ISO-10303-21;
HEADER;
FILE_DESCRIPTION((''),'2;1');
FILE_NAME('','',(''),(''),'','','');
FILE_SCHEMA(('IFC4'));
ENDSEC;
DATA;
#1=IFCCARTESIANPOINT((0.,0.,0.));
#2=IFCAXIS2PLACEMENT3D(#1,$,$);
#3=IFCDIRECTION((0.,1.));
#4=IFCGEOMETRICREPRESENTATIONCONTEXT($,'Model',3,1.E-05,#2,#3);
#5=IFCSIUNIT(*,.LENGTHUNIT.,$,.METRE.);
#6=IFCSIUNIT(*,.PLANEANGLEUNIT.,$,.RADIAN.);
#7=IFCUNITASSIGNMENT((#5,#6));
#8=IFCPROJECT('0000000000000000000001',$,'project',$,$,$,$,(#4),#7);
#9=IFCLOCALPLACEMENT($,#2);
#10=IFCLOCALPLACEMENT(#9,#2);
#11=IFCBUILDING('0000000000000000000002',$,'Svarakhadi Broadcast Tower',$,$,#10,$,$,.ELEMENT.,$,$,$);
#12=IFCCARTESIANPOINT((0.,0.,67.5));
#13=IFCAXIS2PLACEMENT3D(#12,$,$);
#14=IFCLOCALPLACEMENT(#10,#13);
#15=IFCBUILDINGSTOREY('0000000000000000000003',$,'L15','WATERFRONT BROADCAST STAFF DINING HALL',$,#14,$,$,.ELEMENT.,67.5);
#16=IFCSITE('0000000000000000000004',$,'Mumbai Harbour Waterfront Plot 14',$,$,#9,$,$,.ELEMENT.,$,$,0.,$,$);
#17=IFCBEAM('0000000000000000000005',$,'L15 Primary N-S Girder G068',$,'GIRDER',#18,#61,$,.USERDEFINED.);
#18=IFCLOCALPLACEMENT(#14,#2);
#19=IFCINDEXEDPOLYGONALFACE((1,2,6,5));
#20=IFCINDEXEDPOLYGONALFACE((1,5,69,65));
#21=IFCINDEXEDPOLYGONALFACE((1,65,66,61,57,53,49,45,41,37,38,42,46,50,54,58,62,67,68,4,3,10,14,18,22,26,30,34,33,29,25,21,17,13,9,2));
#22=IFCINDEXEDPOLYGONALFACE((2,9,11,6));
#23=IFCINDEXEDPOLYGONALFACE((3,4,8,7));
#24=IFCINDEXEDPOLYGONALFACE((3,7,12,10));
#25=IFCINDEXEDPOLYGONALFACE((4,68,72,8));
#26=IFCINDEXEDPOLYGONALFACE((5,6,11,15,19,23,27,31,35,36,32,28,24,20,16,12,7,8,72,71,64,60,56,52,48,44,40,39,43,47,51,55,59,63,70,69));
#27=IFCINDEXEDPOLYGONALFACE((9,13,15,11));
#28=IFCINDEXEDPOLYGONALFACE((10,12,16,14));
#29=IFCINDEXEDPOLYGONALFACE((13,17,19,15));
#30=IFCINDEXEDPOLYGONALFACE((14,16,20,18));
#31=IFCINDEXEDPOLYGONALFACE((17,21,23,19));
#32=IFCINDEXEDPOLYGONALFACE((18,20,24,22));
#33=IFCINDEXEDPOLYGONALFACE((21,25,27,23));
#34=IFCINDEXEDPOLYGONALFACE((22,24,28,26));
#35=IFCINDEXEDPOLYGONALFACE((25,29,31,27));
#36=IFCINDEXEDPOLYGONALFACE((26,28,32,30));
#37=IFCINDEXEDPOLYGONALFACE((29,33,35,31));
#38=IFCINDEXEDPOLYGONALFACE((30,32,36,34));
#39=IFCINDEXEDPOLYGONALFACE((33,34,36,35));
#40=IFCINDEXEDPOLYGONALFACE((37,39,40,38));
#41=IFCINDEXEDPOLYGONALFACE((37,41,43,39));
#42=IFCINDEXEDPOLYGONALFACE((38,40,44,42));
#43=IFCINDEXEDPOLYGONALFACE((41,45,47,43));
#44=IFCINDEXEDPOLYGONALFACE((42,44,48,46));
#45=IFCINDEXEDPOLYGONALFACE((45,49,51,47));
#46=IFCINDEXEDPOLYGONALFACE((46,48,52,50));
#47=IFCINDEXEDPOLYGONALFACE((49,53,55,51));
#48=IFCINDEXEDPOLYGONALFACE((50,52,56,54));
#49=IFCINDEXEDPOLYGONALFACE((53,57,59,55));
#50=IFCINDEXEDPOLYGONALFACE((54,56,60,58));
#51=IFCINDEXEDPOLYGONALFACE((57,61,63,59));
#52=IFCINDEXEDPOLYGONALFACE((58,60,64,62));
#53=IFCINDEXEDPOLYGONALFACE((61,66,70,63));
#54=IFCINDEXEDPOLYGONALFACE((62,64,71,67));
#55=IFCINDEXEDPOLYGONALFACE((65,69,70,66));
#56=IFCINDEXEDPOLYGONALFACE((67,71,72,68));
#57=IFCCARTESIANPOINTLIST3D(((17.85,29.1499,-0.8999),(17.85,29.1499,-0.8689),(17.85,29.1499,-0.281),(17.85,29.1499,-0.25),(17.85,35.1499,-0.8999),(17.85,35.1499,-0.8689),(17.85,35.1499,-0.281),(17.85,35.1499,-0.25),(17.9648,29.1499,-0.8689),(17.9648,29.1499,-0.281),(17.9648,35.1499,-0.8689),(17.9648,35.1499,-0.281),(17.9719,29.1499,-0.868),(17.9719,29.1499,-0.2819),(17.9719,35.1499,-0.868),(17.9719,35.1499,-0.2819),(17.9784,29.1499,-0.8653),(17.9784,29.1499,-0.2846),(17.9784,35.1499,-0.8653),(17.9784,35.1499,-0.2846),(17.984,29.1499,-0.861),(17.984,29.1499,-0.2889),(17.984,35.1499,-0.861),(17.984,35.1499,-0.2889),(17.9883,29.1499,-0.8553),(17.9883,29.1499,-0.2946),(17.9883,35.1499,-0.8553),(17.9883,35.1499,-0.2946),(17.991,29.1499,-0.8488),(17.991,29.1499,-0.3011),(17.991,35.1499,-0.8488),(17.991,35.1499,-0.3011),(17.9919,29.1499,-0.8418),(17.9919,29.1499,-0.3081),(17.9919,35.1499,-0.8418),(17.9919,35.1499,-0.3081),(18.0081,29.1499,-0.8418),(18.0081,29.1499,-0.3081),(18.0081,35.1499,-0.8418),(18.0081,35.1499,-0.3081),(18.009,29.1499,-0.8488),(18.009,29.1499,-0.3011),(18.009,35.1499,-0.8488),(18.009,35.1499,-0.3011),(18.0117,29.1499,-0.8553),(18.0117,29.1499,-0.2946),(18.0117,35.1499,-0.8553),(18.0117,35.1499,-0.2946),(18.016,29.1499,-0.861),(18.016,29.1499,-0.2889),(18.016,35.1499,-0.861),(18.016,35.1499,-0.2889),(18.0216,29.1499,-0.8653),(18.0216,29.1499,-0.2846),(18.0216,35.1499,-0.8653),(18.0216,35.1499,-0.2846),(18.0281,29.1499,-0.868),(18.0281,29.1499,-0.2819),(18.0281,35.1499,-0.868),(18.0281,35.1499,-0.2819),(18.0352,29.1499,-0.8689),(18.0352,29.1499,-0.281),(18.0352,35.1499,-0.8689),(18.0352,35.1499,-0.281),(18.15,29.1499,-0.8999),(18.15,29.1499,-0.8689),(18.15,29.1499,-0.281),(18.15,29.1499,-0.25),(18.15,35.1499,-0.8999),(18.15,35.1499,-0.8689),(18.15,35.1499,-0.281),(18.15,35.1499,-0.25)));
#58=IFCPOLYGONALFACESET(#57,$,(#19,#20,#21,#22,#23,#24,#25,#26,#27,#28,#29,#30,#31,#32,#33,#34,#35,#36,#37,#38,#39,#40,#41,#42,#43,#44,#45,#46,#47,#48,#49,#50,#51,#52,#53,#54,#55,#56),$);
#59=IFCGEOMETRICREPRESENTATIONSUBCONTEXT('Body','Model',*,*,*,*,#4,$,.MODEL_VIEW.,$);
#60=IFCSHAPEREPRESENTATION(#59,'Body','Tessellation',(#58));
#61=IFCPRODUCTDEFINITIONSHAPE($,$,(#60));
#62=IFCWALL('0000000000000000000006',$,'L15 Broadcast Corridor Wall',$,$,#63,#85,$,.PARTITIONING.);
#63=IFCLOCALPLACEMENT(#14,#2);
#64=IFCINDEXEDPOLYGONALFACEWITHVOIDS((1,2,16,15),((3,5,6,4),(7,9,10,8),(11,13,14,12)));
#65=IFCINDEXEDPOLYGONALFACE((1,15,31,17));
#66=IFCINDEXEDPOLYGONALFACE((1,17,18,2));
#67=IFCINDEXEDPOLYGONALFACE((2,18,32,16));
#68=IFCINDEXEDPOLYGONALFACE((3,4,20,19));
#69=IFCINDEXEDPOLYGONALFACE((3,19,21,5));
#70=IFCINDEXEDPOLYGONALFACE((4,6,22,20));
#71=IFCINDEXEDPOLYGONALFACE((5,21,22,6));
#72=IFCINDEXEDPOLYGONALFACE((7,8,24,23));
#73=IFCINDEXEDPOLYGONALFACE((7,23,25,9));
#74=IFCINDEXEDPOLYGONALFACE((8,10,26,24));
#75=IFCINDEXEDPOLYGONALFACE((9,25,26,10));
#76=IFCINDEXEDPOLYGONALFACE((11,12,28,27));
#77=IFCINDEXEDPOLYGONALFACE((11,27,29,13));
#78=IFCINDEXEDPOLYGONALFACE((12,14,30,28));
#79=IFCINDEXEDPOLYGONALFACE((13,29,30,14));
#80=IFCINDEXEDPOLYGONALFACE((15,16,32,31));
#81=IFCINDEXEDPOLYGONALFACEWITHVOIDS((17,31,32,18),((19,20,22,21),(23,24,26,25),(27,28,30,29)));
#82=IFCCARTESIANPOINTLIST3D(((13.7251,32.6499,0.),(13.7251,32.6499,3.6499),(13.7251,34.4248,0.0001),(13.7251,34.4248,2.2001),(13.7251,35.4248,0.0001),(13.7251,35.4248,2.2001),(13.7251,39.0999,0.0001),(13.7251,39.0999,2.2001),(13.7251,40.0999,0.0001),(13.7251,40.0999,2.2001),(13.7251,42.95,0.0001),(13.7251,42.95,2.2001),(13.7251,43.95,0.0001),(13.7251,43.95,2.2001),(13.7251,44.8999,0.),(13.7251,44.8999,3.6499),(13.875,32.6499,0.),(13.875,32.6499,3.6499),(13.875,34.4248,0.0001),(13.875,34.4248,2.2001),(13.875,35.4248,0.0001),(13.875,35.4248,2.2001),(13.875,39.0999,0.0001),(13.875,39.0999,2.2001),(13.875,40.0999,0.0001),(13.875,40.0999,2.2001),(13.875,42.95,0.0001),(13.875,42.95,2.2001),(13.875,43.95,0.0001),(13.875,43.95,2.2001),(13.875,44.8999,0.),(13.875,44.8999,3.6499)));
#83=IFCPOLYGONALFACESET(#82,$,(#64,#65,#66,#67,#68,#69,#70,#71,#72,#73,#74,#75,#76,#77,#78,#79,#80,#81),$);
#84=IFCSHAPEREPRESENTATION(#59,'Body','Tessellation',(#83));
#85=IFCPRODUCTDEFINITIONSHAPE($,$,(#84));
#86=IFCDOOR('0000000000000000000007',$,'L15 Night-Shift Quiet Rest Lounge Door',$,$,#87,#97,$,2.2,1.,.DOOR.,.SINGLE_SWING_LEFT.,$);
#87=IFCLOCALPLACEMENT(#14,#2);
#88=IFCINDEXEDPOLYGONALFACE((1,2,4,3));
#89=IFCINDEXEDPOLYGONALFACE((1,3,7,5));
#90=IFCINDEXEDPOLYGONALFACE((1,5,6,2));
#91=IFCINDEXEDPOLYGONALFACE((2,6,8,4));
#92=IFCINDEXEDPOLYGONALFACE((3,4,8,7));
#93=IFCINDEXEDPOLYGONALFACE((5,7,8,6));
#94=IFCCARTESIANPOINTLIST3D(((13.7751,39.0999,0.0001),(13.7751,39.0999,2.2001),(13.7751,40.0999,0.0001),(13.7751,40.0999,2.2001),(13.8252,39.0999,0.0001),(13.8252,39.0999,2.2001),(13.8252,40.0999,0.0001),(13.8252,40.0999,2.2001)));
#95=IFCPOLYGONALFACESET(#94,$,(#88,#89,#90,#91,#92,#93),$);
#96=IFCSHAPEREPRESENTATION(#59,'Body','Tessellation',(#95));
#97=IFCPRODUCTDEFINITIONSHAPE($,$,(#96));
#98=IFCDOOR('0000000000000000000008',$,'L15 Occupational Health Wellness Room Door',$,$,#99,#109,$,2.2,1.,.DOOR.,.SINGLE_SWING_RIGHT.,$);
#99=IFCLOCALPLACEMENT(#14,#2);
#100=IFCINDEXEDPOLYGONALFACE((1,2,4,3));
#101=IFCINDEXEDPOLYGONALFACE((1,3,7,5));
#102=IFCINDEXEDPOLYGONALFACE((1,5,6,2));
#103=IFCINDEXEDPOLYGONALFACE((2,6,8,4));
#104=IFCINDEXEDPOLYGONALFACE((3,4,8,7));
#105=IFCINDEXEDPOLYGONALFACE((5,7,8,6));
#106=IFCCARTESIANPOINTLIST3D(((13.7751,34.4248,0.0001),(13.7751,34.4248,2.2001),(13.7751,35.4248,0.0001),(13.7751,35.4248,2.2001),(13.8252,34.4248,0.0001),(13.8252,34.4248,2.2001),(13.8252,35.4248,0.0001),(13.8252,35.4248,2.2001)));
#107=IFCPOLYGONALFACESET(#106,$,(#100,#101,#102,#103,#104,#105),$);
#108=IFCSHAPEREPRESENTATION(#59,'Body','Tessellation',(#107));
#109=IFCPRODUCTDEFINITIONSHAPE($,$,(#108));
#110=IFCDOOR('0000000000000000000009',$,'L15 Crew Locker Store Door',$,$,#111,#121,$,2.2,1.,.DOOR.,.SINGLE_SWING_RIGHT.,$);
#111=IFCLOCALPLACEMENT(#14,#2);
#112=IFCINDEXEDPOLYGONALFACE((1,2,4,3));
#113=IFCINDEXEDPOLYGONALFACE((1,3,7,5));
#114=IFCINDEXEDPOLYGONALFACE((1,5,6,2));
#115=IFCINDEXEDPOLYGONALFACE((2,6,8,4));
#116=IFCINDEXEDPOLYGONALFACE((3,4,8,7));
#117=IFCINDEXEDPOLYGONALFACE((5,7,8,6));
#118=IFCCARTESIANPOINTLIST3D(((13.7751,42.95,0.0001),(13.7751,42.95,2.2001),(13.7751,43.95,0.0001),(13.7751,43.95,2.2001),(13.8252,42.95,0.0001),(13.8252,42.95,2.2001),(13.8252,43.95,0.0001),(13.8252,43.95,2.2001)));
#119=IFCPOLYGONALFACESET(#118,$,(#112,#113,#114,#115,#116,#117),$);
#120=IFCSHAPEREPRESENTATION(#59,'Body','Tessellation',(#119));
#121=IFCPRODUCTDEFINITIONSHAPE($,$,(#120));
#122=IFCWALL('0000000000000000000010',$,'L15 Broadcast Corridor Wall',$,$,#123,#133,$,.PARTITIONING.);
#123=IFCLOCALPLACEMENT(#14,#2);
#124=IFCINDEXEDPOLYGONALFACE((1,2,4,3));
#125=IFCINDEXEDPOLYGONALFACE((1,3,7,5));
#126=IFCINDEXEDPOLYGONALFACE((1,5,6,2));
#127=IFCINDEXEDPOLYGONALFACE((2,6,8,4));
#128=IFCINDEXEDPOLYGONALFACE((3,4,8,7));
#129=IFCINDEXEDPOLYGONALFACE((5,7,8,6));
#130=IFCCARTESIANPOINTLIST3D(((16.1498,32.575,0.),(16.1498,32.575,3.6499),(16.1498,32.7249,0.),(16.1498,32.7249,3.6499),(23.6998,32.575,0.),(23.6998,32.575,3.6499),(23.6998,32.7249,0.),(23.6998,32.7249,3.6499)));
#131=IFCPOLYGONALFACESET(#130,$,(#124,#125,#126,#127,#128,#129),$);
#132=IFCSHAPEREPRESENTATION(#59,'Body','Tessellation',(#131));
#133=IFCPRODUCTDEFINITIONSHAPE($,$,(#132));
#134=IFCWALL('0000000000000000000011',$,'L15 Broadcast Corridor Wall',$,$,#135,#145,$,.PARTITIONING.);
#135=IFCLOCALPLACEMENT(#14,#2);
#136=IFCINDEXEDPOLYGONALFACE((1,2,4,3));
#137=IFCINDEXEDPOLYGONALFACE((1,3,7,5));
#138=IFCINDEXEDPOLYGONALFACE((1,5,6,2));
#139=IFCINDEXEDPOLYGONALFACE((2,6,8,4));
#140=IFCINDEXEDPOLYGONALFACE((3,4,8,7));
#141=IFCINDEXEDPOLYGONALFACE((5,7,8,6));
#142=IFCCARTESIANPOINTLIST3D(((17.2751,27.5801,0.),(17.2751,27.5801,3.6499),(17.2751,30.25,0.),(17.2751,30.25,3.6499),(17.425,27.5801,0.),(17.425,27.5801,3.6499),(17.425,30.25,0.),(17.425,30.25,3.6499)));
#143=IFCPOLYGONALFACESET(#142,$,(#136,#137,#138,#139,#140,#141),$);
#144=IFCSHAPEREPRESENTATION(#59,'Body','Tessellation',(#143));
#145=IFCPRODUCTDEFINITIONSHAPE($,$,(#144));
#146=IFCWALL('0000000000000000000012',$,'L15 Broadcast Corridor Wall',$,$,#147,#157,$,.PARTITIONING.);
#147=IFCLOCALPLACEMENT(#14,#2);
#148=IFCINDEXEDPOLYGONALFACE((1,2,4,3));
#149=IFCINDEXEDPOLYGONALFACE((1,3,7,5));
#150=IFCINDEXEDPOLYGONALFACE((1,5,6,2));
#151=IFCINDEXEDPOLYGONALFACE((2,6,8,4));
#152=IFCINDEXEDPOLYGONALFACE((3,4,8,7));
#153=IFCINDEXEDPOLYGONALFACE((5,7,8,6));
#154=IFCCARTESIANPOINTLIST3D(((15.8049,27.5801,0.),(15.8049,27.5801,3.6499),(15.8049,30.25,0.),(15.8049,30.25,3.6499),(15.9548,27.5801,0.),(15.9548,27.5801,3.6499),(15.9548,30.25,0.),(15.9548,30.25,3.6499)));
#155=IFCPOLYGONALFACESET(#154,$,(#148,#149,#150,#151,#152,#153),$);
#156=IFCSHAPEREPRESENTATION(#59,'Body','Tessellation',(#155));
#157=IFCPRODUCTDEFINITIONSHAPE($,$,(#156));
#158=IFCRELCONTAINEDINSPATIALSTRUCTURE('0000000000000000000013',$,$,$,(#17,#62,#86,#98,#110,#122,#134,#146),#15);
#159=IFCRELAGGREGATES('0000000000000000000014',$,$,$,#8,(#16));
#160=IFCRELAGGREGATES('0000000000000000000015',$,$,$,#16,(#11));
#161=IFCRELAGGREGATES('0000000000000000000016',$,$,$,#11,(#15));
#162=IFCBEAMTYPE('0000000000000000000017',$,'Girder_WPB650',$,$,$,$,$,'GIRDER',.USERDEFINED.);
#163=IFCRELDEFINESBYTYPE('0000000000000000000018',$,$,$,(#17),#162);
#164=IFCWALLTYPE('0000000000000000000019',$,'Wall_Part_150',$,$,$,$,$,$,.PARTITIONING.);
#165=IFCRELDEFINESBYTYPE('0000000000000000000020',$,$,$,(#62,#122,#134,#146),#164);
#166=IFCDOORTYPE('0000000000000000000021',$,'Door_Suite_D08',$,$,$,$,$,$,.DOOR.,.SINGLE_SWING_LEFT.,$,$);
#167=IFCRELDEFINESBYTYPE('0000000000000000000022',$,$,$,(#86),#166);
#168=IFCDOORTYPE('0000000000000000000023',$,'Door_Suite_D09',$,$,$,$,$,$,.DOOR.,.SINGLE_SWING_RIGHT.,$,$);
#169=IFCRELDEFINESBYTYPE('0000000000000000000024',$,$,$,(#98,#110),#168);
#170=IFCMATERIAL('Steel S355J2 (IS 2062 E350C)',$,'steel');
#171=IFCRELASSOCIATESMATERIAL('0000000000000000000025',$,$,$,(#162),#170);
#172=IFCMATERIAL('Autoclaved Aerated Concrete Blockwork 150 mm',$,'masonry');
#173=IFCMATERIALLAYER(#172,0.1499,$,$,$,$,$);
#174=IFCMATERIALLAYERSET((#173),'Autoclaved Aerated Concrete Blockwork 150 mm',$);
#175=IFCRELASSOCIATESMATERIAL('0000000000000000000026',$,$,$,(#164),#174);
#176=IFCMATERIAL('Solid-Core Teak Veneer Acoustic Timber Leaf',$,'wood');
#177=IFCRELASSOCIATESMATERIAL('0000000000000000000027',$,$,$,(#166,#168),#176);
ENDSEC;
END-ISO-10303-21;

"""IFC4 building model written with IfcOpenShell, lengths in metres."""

from ifc_helpers import new_model, si_unit, direction, frame, frame_2d, origin, origin_2d, place, context, subcontext, project, spatial, rectangle, i_section, extrude, material, layer, layer_set, material_profile, profile_set, type_object, element, fill, save


model = new_model("IFC4")

# Units and contexts
model_context = context("Model", 3, precision=1e-05, world=origin(), true_north=direction((0.0, 1.0)))
body_context = subcontext(model_context, "Body", "Model", "MODEL_VIEW")
ifc_project = project(units=[si_unit("LENGTHUNIT", "METRE"), si_unit("PLANEANGLEUNIT", "RADIAN")], contexts=[model_context])

# Site, building, storey
site_placement = place(None, origin())
site = spatial("IfcSite", under=ifc_project, at=site_placement, Name="Mumbai Harbour Waterfront Plot 14", CompositionType="ELEMENT", RefElevation=0.0)
building_placement = place(site_placement, origin())
building = spatial("IfcBuilding", under=site, at=building_placement, Name="Svarakhadi Broadcast Tower", CompositionType="ELEMENT")
storey_placement = place(building_placement, frame((0.0, 0.0, 67.5)))
storey = spatial("IfcBuildingStorey", under=building, at=storey_placement, Name="L15", Description="WATERFRONT BROADCAST STAFF DINING HALL", CompositionType="ELEMENT", Elevation=67.5)

# Beam
ifc_material_1 = material(Name="Steel S355J2 (IS 2062 E350C)", Category="steel")
ifc_material_profile_1 = material_profile(ifc_material_1, i_section(OverallWidth=0.3, OverallDepth=0.6499, WebThickness=0.0161, FlangeThickness=0.031, FilletRadius=0.0271, at=origin_2d()), Name="WPB 650x300x225")
ifc_profile_set_1 = profile_set([ifc_material_profile_1], Name="Steel S355J2 (IS 2062 E350C)")
beam_type_1 = type_object("IfcBeamType", Name="Girder_WPB650", ElementType="GIRDER", PredefinedType="USERDEFINED", material=ifc_profile_set_1)
for number, where, z_axis, x_axis, name in (
    (1, (18.0, 29.1499, -0.575), (0.0, 1.0, 0.0), (-1.0, 0.0, 0.0), "L15 Primary N-S Girder G068"),
):
    element("IfcBeam", number, at=place(storey_placement, frame(where, z_axis=z_axis, x_axis=x_axis)), inside=storey, type_object=beam_type_1, Name=name, ObjectType="GIRDER", PredefinedType="USERDEFINED", context=body_context, shape_type="SweptSolid", body=[
        extrude(i_section(OverallWidth=0.3, OverallDepth=0.6499, WebThickness=0.0161, FlangeThickness=0.031, FilletRadius=0.0271, at=origin_2d()), origin(), (0.0, 0.0, 1.0), 6.0),
    ])

# Shared definitions
ifc_material_2 = material(Name="Autoclaved Aerated Concrete Blockwork 150 mm", Category="masonry")
ifc_layer = layer(ifc_material_2, 0.1499)
ifc_layer_set = layer_set([ifc_layer], Name="Autoclaved Aerated Concrete Blockwork 150 mm")
wall_type = type_object("IfcWallType", Name="Wall_Part_150", PredefinedType="PARTITIONING", material=ifc_layer_set)

# Wall, openings, doors
wall_1_placement = place(storey_placement, frame((13.8, 32.6499, 0.0), z_axis=(0.0, 0.0, 1.0), x_axis=(0.0, 1.0, 0.0)))
wall_1 = element("IfcWall", 2, at=wall_1_placement, inside=storey, type_object=wall_type, Name="L15 Broadcast Corridor Wall", PredefinedType="PARTITIONING", context=body_context, shape_type="SweptSolid", body=[
    extrude(rectangle(XDim=12.25, YDim=0.1499, at=frame_2d((6.125, 0.0))), origin(), (0.0, 0.0, 1.0), 3.6499),
])
opening_1_placement = place(wall_1_placement, frame((1.7749, 0.0, 0.0)))
opening_1 = element("IfcOpeningElement", 3, at=opening_1_placement, cuts=wall_1, PredefinedType="OPENING", context=body_context, shape_type="SweptSolid", body=[
    extrude(rectangle(XDim=1.0, YDim=2.2, at=frame_2d((0.5, 1.1001))), frame((0.0, 0.085, 0.0), z_axis=(0.0, -1.0, 0.0), x_axis=(1.0, 0.0, 0.0)), (0.0, 0.0, 1.0), 0.1699),
])
opening_2_placement = place(wall_1_placement, frame((6.45, 0.0, 0.0)))
opening_2 = element("IfcOpeningElement", 4, at=opening_2_placement, cuts=wall_1, PredefinedType="OPENING", context=body_context, shape_type="SweptSolid", body=[
    extrude(rectangle(XDim=1.0, YDim=2.2, at=frame_2d((0.5, 1.1001))), frame((0.0, 0.085, 0.0), z_axis=(0.0, -1.0, 0.0), x_axis=(1.0, 0.0, 0.0)), (0.0, 0.0, 1.0), 0.1699),
])
opening_3_placement = place(wall_1_placement, frame((10.3, 0.0, 0.0)))
opening_3 = element("IfcOpeningElement", 5, at=opening_3_placement, cuts=wall_1, PredefinedType="OPENING", context=body_context, shape_type="SweptSolid", body=[
    extrude(rectangle(XDim=1.0, YDim=2.2, at=frame_2d((0.5, 1.1001))), frame((0.0, 0.085, 0.0), z_axis=(0.0, -1.0, 0.0), x_axis=(1.0, 0.0, 0.0)), (0.0, 0.0, 1.0), 0.1699),
])
ifc_material_3 = material(Name="Solid-Core Teak Veneer Acoustic Timber Leaf", Category="wood")
door_type_1 = type_object("IfcDoorType", Name="Door_Suite_D08", OperationType="SINGLE_SWING_LEFT", PredefinedType="DOOR", material=ifc_material_3)
door_1_placement = place(opening_2_placement, origin())
door_1 = element("IfcDoor", 6, at=door_1_placement, inside=storey, type_object=door_type_1, Name="L15 Night-Shift Quiet Rest Lounge Door", OperationType="SINGLE_SWING_LEFT", OverallHeight=2.2, OverallWidth=1.0, PredefinedType="DOOR", context=body_context, shape_type="SweptSolid", body=[
    extrude(rectangle(XDim=1.0, YDim=2.2, at=frame_2d((0.5, 1.1001))), frame((0.0, 0.0249, 0.0), z_axis=(0.0, -1.0, 0.0), x_axis=(1.0, 0.0, 0.0)), (0.0, 0.0, 1.0), 0.05),
])
fill(opening_2, door_1)
door_type_2 = type_object("IfcDoorType", Name="Door_Suite_D09", OperationType="SINGLE_SWING_RIGHT", PredefinedType="DOOR", material=ifc_material_3)
door_2_placement = place(opening_1_placement, origin())
door_2 = element("IfcDoor", 7, at=door_2_placement, inside=storey, type_object=door_type_2, Name="L15 Occupational Health Wellness Room Door", OperationType="SINGLE_SWING_RIGHT", OverallHeight=2.2, OverallWidth=1.0, PredefinedType="DOOR", context=body_context, shape_type="SweptSolid", body=[
    extrude(rectangle(XDim=1.0, YDim=2.2, at=frame_2d((0.5, 1.1001))), frame((0.0, 0.0249, 0.0), z_axis=(0.0, -1.0, 0.0), x_axis=(1.0, 0.0, 0.0)), (0.0, 0.0, 1.0), 0.05),
])
fill(opening_1, door_2)
door_3_placement = place(opening_3_placement, origin())
door_3 = element("IfcDoor", 8, at=door_3_placement, inside=storey, type_object=door_type_2, Name="L15 Crew Locker Store Door", OperationType="SINGLE_SWING_RIGHT", OverallHeight=2.2, OverallWidth=1.0, PredefinedType="DOOR", context=body_context, shape_type="SweptSolid", body=[
    extrude(rectangle(XDim=1.0, YDim=2.2, at=frame_2d((0.5, 1.1001))), frame((0.0, 0.0249, 0.0), z_axis=(0.0, -1.0, 0.0), x_axis=(1.0, 0.0, 0.0)), (0.0, 0.0, 1.0), 0.05),
])
fill(opening_3, door_3)

# Walls
wall_2_placement = place(storey_placement, frame((16.1499, 32.6499, 0.0), z_axis=(0.0, 0.0, 1.0), x_axis=(1.0, 0.0, 0.0)))
element("IfcWall", 9, at=wall_2_placement, inside=storey, type_object=wall_type, Name="L15 Broadcast Corridor Wall", PredefinedType="PARTITIONING", context=body_context, shape_type="SweptSolid", body=[
    extrude(rectangle(XDim=7.55, YDim=0.1499, at=frame_2d((3.7749, 0.0))), origin(), (0.0, 0.0, 1.0), 3.6499),
])
for number, where, z_axis, x_axis, name in (
    (10, (17.3501, 30.25, 0.0), (0.0, 0.0, 1.0), (0.0, -1.0, 0.0), "L15 Broadcast Corridor Wall"),
    (11, (15.8799, 27.5801, 0.0), (0.0, 0.0, 1.0), (0.0, 1.0, 0.0), "L15 Broadcast Corridor Wall"),
):
    element("IfcWall", number, at=place(storey_placement, frame(where, z_axis=z_axis, x_axis=x_axis)), inside=storey, type_object=wall_type, Name=name, PredefinedType="PARTITIONING", context=body_context, shape_type="SweptSolid", body=[
        extrude(rectangle(XDim=2.6699, YDim=0.1499, at=frame_2d((1.335, 0.0))), origin(), (0.0, 0.0, 1.0), 3.6499),
    ])

save(model, "model.ifc")
